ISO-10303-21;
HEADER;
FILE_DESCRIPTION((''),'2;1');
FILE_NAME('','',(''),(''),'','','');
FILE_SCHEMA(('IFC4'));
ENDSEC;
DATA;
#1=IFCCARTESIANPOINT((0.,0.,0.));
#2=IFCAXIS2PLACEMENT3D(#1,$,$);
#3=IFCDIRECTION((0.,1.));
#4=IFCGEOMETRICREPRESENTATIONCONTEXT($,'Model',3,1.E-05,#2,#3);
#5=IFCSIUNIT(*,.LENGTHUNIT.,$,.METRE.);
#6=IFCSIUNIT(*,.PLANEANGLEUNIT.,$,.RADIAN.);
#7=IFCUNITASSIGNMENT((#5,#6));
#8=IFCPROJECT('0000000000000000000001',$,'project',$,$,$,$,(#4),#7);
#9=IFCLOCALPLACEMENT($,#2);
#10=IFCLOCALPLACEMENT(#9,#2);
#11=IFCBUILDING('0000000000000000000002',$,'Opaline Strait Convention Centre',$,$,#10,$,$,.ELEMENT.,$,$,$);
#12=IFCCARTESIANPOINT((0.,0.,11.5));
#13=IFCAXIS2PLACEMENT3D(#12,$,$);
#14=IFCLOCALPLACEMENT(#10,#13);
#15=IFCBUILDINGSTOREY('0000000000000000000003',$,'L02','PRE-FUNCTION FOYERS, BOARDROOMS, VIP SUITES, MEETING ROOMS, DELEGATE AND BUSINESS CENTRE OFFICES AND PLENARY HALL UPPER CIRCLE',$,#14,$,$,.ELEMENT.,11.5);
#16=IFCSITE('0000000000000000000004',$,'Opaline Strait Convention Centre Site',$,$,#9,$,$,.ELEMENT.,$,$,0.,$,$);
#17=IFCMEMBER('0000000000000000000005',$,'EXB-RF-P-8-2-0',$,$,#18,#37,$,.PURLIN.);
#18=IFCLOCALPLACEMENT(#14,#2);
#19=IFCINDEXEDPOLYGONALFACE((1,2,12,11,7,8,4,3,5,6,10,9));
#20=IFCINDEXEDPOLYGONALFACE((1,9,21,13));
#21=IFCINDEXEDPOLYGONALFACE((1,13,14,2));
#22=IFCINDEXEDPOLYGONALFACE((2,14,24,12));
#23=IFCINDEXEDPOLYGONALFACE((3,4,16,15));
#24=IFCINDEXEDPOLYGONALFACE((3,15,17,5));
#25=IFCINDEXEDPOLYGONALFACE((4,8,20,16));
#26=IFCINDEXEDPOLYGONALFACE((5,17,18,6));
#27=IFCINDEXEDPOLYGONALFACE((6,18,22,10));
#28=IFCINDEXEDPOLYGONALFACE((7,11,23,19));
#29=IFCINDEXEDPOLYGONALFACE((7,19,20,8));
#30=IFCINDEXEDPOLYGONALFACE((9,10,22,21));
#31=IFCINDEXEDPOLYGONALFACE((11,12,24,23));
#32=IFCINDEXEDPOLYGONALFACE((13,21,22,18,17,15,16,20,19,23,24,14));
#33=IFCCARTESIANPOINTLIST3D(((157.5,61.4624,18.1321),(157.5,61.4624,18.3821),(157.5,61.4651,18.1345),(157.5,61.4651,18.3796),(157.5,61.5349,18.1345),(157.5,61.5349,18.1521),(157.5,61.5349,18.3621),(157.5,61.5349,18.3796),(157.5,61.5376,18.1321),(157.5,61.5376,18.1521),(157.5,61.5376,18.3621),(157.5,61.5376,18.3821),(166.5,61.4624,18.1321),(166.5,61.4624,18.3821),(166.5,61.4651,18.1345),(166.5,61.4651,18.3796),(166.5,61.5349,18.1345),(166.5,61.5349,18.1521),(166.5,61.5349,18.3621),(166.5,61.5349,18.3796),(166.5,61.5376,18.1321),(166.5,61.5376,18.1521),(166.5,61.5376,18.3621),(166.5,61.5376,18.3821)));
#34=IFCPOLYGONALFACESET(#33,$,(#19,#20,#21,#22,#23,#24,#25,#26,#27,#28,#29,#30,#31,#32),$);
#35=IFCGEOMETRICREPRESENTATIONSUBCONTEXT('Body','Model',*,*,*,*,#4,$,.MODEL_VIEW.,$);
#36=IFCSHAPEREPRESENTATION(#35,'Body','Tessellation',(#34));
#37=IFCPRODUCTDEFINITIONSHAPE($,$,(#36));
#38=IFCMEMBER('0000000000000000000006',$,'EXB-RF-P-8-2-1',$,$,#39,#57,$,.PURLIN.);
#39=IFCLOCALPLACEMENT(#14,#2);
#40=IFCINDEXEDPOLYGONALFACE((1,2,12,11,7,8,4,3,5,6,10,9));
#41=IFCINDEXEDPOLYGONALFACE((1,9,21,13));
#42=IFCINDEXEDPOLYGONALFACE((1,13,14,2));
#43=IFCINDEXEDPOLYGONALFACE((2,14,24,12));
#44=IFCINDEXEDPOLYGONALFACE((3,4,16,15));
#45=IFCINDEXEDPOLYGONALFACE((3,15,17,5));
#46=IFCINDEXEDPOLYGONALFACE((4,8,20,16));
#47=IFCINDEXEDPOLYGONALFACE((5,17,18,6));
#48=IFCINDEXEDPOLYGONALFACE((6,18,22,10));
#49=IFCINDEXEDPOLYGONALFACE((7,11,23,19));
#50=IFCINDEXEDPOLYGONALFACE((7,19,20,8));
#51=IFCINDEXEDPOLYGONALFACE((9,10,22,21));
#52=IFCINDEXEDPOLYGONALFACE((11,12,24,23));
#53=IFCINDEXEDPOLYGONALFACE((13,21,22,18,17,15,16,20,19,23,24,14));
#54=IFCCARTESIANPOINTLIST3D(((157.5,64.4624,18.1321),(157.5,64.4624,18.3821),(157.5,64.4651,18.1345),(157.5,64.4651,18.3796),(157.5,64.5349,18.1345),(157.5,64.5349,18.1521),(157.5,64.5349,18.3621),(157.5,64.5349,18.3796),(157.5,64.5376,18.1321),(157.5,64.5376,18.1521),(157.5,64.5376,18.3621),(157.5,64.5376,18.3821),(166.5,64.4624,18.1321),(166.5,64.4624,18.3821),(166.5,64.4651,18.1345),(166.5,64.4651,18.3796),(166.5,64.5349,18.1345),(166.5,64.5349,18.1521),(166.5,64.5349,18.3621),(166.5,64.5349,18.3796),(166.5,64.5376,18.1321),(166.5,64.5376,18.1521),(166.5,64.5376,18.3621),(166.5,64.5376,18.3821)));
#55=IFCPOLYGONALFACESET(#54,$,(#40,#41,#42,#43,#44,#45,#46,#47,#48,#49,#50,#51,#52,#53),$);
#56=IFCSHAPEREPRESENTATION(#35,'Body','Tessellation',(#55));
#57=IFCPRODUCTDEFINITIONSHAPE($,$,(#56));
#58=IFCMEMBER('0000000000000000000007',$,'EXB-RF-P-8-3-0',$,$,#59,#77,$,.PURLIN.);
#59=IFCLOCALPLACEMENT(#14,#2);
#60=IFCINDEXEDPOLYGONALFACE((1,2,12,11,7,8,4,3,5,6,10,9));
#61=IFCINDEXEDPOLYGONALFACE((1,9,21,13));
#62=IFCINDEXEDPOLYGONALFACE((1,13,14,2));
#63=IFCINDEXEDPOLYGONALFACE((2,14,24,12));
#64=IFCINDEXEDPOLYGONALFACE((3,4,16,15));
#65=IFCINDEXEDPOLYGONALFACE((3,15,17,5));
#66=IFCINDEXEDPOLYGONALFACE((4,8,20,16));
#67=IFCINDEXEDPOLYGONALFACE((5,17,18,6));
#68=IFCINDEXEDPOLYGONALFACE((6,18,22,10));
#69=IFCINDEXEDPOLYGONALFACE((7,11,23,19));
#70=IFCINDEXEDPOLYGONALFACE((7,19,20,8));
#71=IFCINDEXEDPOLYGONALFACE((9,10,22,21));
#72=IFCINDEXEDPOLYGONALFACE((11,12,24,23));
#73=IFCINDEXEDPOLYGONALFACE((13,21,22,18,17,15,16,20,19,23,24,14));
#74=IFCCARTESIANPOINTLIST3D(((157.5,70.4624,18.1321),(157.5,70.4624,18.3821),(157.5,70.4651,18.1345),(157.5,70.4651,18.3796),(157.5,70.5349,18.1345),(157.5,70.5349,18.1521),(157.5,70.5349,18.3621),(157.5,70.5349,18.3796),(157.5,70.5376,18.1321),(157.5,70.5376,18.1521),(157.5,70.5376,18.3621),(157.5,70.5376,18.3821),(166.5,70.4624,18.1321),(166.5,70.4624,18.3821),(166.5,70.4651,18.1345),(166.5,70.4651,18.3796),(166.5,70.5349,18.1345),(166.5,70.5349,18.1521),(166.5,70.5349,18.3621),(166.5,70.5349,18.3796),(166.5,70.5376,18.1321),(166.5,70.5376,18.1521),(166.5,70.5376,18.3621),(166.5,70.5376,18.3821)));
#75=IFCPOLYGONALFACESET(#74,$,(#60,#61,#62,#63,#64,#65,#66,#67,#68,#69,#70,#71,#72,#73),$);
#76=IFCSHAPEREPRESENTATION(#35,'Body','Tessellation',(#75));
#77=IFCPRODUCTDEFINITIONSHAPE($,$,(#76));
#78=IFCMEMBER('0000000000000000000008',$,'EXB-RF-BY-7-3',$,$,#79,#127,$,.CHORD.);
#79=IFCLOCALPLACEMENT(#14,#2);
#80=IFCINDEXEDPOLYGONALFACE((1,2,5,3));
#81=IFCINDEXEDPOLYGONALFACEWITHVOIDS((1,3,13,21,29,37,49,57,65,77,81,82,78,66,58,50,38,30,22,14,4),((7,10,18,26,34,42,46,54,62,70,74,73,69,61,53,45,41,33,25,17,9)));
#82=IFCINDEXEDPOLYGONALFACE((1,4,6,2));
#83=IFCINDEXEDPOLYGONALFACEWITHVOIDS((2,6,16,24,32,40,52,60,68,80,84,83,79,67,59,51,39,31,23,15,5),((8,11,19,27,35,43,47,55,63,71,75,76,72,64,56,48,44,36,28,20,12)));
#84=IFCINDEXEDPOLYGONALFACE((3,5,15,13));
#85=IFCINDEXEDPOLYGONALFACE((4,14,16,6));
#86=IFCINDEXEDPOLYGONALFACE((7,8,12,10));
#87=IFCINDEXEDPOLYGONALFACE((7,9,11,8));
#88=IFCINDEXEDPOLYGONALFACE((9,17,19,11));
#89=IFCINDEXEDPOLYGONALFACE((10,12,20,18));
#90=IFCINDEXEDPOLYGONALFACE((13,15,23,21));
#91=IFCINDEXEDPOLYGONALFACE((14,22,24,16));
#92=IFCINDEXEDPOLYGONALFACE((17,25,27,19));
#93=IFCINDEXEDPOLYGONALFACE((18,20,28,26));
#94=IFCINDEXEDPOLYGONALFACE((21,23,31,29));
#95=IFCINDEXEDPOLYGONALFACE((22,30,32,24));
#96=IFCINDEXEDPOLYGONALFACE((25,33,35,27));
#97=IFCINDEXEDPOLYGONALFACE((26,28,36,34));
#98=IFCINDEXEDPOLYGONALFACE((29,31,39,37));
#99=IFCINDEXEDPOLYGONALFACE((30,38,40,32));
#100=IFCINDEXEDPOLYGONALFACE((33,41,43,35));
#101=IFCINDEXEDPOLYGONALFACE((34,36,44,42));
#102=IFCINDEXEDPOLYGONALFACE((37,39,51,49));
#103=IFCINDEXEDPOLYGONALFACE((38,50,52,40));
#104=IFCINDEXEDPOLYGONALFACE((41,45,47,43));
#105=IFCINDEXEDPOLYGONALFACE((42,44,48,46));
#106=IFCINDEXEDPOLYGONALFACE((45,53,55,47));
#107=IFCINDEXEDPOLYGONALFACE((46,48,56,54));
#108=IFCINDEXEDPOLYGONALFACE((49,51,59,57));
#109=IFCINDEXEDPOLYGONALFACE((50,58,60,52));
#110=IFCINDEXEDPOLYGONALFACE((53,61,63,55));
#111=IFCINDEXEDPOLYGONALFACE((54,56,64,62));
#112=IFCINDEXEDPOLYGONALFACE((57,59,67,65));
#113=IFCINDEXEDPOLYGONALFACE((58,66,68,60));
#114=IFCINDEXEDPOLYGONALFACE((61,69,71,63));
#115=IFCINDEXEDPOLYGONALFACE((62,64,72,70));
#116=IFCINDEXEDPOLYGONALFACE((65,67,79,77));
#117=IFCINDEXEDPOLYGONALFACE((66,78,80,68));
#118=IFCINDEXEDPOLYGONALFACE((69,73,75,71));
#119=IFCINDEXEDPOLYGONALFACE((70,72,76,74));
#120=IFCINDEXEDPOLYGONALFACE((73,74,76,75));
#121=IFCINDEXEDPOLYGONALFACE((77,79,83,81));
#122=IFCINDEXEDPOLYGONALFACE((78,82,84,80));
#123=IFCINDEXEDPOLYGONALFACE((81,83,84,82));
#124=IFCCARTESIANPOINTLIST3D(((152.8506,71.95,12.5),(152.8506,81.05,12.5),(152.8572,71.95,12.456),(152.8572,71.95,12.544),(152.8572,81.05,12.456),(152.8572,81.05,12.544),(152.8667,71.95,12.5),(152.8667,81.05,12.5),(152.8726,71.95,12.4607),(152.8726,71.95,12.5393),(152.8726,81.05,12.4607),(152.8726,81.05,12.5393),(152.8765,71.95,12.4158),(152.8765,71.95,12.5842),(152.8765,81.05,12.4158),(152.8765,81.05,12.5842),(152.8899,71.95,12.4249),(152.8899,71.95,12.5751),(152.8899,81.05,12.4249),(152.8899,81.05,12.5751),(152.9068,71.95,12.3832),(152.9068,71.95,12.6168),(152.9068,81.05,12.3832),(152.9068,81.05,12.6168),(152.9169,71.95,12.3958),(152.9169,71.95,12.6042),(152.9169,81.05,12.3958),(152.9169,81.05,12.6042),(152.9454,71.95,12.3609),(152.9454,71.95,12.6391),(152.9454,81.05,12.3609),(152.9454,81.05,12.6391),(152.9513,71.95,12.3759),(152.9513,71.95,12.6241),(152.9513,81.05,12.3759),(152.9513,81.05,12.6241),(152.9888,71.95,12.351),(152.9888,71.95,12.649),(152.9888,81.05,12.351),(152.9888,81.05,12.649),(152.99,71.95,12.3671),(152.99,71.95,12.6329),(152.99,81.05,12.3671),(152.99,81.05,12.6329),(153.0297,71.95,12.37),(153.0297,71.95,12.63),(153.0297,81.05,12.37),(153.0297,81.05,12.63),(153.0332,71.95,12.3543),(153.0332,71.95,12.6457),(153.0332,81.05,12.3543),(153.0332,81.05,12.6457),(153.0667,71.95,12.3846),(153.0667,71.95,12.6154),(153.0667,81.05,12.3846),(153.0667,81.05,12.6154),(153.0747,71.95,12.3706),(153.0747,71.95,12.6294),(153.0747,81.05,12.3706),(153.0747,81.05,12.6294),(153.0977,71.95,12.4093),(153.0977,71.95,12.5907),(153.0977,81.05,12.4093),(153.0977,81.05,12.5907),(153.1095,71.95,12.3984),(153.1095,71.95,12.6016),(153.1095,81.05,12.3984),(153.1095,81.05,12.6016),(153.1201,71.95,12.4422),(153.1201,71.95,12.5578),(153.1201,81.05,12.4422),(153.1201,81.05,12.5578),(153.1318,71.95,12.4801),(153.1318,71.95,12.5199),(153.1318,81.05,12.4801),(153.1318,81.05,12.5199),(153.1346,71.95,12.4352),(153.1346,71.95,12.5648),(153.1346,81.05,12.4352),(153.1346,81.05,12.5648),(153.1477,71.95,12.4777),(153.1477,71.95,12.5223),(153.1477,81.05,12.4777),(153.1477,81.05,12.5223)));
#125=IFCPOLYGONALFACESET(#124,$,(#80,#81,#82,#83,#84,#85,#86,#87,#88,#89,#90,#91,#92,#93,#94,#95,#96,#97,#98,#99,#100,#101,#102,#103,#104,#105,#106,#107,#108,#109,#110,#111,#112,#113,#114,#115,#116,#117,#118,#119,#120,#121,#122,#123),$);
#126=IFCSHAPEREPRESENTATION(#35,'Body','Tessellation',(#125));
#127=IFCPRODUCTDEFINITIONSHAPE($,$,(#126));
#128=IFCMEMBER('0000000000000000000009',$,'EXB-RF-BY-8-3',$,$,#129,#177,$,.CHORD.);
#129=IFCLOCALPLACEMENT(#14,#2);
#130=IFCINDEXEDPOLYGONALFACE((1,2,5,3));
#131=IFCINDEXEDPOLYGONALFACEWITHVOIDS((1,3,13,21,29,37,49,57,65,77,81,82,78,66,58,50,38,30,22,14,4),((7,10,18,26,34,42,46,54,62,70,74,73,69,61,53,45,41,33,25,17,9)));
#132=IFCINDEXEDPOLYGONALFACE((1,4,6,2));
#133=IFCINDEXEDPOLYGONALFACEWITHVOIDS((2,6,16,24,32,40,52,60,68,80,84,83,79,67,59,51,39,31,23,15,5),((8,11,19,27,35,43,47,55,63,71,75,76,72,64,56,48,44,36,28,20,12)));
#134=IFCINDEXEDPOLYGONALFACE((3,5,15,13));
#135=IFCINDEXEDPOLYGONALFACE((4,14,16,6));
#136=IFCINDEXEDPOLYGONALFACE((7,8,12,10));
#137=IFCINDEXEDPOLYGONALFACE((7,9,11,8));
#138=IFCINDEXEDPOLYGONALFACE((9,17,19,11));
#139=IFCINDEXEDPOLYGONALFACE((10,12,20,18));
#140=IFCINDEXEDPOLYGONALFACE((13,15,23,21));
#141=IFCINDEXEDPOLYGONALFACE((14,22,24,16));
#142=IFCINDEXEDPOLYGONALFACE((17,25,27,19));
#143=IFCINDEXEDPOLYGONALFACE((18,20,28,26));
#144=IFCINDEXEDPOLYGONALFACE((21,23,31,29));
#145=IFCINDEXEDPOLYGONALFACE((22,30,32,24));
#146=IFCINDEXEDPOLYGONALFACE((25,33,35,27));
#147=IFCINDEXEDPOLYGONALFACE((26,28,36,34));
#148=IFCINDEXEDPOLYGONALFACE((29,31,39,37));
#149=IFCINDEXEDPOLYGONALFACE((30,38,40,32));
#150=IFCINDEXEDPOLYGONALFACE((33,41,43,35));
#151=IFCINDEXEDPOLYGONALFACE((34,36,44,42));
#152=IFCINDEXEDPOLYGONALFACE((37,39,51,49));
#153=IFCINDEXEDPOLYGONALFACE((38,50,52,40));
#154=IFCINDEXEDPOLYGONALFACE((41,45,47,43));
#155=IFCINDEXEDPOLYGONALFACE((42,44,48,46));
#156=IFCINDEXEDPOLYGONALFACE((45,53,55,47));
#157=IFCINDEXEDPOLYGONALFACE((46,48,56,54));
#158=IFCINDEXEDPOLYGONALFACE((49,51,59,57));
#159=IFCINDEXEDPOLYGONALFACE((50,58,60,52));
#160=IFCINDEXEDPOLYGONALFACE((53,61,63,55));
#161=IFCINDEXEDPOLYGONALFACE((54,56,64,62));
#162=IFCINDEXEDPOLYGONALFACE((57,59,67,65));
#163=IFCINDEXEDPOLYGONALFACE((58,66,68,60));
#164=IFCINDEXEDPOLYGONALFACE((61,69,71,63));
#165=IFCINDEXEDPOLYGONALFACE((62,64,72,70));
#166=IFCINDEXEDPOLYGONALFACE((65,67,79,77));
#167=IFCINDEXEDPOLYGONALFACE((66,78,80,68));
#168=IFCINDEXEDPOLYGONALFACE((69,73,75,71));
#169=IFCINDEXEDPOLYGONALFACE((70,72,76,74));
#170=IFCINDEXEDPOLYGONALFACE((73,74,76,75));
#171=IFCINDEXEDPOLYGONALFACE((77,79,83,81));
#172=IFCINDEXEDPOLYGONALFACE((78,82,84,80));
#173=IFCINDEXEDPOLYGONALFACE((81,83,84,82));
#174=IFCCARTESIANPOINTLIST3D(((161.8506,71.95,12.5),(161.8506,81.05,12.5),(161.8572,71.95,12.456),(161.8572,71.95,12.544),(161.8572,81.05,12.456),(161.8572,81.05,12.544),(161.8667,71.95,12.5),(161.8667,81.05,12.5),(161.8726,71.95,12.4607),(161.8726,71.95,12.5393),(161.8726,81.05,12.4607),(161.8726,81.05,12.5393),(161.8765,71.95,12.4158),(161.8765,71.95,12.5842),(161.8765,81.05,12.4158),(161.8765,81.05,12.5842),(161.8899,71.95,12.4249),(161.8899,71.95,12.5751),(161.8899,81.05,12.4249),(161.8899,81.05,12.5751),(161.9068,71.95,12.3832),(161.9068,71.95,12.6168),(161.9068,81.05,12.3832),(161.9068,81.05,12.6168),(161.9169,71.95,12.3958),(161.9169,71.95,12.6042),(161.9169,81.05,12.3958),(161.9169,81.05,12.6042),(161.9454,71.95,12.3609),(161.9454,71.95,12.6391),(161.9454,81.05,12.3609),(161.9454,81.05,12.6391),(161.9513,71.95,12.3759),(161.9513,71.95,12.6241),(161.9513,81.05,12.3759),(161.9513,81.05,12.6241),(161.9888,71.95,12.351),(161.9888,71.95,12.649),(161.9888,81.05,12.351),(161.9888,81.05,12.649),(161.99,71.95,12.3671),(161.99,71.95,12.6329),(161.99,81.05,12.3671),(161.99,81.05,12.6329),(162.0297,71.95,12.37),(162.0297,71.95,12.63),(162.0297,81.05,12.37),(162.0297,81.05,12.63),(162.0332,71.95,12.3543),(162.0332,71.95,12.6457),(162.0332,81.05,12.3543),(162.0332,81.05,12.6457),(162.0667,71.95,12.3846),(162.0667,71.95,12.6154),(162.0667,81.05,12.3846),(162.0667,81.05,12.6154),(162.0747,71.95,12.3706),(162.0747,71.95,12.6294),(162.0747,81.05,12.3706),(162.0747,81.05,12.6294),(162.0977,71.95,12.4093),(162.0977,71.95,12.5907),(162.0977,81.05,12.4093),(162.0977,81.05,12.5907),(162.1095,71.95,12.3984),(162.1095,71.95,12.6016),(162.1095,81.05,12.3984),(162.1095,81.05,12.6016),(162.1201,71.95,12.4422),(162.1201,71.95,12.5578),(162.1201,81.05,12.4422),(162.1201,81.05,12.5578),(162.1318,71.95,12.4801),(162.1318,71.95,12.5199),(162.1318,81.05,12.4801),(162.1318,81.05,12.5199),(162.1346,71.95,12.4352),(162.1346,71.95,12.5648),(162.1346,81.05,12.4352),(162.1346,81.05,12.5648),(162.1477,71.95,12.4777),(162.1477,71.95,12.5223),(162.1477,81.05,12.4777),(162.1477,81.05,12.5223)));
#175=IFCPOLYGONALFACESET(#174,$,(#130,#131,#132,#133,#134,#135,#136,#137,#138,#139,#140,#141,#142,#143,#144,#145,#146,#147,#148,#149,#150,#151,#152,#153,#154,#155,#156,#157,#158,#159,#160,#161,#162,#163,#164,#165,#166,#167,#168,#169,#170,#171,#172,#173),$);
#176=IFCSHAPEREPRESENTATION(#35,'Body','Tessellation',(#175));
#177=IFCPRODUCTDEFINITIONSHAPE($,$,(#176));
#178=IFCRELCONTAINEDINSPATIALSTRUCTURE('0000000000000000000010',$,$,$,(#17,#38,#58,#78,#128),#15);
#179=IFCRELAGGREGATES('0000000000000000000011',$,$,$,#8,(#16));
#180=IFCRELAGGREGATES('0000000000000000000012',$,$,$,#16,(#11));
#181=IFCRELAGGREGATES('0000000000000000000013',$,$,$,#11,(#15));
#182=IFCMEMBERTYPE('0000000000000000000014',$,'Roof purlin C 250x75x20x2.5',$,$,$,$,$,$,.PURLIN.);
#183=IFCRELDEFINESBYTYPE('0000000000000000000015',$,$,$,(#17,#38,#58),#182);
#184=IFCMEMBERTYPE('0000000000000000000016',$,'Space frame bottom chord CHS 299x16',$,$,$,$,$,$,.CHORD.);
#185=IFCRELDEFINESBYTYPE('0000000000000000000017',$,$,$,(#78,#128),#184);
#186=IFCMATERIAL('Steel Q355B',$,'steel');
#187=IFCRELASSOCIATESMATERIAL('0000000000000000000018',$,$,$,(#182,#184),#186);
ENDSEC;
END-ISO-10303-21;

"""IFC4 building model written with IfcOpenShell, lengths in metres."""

from ifc_helpers import new_model, si_unit, direction, frame, origin, origin_2d, place, context, subcontext, project, spatial, polyline, hollow_circle, outline, extrude, material, material_profile, profile_set, type_object, element, save


model = new_model("IFC4")

# Units and contexts
model_context = context("Model", 3, precision=1e-05, world=origin(), true_north=direction((0.0, 1.0)))
body_context = subcontext(model_context, "Body", "Model", "MODEL_VIEW")
ifc_project = project(units=[si_unit("LENGTHUNIT", "METRE"), si_unit("PLANEANGLEUNIT", "RADIAN")], contexts=[model_context])

# Site, building, storey
site_placement = place(None, origin())
site = spatial("IfcSite", under=ifc_project, at=site_placement, Name="Opaline Strait Convention Centre Site", CompositionType="ELEMENT", RefElevation=0.0)
building_placement = place(site_placement, origin())
building = spatial("IfcBuilding", under=site, at=building_placement, Name="Opaline Strait Convention Centre", CompositionType="ELEMENT")
storey_placement = place(building_placement, frame((0.0, 0.0, 11.5)))
storey = spatial("IfcBuildingStorey", under=building, at=storey_placement, Name="L02", Description="PRE-FUNCTION FOYERS, BOARDROOMS, VIP SUITES, MEETING ROOMS, DELEGATE AND BUSINESS CENTRE OFFICES AND PLENARY HALL UPPER CIRCLE", CompositionType="ELEMENT", Elevation=11.5)

# Members
ifc_material_1 = material(Name="Steel Q355B", Category="steel")
ifc_material_profile_1 = material_profile(ifc_material_1, outline(polyline([(-0.0376, -0.125), (0.0376, -0.125), (0.0376, -0.105), (0.0349, -0.105), (0.0349, -0.1226), (-0.0349, -0.1226), (-0.0349, 0.1226), (0.0349, 0.1226), (0.0349, 0.105), (0.0376, 0.105), (0.0376, 0.125), (-0.0376, 0.125), (-0.0376, -0.125)])), Name="C 250x75x20x2.5")
ifc_profile_set_1 = profile_set([ifc_material_profile_1], Name="Steel Q355B")
member_type_1 = type_object("IfcMemberType", Name="Roof purlin C 250x75x20x2.5", PredefinedType="PURLIN", material=ifc_profile_set_1)
for number, where, z_axis, x_axis, name in (
    (1, (157.5, 61.5, 18.2571), (1.0, 0.0, 0.0), (0.0, 1.0, 0.0), "EXB-RF-P-8-2-0"),
    (2, (157.5, 64.5, 18.2571), (1.0, 0.0, 0.0), (0.0, 1.0, 0.0), "EXB-RF-P-8-2-1"),
    (3, (157.5, 70.5, 18.2571), (1.0, 0.0, 0.0), (0.0, 1.0, 0.0), "EXB-RF-P-8-3-0"),
):
    element("IfcMember", number, at=place(storey_placement, frame(where, z_axis=z_axis, x_axis=x_axis)), inside=storey, type_object=member_type_1, Name=name, PredefinedType="PURLIN", context=body_context, shape_type="SweptSolid", body=[
        extrude(outline(polyline([(-0.0376, -0.125), (0.0376, -0.125), (0.0376, -0.105), (0.0349, -0.105), (0.0349, -0.1226), (-0.0349, -0.1226), (-0.0349, 0.1226), (0.0349, 0.1226), (0.0349, 0.105), (0.0376, 0.105), (0.0376, 0.125), (-0.0376, 0.125), (-0.0376, -0.125)])), origin(), (0.0, 0.0, 1.0), 9.0),
    ])
ifc_material_profile_2 = material_profile(ifc_material_1, hollow_circle(Radius=0.1494, WallThickness=0.0161, at=origin_2d()), Name="CHS 299x16")
ifc_profile_set_2 = profile_set([ifc_material_profile_2], Name="Steel Q355B")
member_type_2 = type_object("IfcMemberType", Name="Space frame bottom chord CHS 299x16", PredefinedType="CHORD", material=ifc_profile_set_2)
for number, where, z_axis, x_axis, name in (
    (4, (153.0, 71.95, 12.5), (0.0, 1.0, 0.0), (-1.0, 0.0, 0.0), "EXB-RF-BY-7-3"),
    (5, (162.0, 71.95, 12.5), (0.0, 1.0, 0.0), (-1.0, 0.0, 0.0), "EXB-RF-BY-8-3"),
):
    element("IfcMember", number, at=place(storey_placement, frame(where, z_axis=z_axis, x_axis=x_axis)), inside=storey, type_object=member_type_2, Name=name, PredefinedType="CHORD", context=body_context, shape_type="SweptSolid", body=[
        extrude(hollow_circle(Radius=0.1494, WallThickness=0.0161, at=origin_2d()), origin(), (0.0, 0.0, 1.0), 9.1001),
    ])

save(model, "model.ifc")
